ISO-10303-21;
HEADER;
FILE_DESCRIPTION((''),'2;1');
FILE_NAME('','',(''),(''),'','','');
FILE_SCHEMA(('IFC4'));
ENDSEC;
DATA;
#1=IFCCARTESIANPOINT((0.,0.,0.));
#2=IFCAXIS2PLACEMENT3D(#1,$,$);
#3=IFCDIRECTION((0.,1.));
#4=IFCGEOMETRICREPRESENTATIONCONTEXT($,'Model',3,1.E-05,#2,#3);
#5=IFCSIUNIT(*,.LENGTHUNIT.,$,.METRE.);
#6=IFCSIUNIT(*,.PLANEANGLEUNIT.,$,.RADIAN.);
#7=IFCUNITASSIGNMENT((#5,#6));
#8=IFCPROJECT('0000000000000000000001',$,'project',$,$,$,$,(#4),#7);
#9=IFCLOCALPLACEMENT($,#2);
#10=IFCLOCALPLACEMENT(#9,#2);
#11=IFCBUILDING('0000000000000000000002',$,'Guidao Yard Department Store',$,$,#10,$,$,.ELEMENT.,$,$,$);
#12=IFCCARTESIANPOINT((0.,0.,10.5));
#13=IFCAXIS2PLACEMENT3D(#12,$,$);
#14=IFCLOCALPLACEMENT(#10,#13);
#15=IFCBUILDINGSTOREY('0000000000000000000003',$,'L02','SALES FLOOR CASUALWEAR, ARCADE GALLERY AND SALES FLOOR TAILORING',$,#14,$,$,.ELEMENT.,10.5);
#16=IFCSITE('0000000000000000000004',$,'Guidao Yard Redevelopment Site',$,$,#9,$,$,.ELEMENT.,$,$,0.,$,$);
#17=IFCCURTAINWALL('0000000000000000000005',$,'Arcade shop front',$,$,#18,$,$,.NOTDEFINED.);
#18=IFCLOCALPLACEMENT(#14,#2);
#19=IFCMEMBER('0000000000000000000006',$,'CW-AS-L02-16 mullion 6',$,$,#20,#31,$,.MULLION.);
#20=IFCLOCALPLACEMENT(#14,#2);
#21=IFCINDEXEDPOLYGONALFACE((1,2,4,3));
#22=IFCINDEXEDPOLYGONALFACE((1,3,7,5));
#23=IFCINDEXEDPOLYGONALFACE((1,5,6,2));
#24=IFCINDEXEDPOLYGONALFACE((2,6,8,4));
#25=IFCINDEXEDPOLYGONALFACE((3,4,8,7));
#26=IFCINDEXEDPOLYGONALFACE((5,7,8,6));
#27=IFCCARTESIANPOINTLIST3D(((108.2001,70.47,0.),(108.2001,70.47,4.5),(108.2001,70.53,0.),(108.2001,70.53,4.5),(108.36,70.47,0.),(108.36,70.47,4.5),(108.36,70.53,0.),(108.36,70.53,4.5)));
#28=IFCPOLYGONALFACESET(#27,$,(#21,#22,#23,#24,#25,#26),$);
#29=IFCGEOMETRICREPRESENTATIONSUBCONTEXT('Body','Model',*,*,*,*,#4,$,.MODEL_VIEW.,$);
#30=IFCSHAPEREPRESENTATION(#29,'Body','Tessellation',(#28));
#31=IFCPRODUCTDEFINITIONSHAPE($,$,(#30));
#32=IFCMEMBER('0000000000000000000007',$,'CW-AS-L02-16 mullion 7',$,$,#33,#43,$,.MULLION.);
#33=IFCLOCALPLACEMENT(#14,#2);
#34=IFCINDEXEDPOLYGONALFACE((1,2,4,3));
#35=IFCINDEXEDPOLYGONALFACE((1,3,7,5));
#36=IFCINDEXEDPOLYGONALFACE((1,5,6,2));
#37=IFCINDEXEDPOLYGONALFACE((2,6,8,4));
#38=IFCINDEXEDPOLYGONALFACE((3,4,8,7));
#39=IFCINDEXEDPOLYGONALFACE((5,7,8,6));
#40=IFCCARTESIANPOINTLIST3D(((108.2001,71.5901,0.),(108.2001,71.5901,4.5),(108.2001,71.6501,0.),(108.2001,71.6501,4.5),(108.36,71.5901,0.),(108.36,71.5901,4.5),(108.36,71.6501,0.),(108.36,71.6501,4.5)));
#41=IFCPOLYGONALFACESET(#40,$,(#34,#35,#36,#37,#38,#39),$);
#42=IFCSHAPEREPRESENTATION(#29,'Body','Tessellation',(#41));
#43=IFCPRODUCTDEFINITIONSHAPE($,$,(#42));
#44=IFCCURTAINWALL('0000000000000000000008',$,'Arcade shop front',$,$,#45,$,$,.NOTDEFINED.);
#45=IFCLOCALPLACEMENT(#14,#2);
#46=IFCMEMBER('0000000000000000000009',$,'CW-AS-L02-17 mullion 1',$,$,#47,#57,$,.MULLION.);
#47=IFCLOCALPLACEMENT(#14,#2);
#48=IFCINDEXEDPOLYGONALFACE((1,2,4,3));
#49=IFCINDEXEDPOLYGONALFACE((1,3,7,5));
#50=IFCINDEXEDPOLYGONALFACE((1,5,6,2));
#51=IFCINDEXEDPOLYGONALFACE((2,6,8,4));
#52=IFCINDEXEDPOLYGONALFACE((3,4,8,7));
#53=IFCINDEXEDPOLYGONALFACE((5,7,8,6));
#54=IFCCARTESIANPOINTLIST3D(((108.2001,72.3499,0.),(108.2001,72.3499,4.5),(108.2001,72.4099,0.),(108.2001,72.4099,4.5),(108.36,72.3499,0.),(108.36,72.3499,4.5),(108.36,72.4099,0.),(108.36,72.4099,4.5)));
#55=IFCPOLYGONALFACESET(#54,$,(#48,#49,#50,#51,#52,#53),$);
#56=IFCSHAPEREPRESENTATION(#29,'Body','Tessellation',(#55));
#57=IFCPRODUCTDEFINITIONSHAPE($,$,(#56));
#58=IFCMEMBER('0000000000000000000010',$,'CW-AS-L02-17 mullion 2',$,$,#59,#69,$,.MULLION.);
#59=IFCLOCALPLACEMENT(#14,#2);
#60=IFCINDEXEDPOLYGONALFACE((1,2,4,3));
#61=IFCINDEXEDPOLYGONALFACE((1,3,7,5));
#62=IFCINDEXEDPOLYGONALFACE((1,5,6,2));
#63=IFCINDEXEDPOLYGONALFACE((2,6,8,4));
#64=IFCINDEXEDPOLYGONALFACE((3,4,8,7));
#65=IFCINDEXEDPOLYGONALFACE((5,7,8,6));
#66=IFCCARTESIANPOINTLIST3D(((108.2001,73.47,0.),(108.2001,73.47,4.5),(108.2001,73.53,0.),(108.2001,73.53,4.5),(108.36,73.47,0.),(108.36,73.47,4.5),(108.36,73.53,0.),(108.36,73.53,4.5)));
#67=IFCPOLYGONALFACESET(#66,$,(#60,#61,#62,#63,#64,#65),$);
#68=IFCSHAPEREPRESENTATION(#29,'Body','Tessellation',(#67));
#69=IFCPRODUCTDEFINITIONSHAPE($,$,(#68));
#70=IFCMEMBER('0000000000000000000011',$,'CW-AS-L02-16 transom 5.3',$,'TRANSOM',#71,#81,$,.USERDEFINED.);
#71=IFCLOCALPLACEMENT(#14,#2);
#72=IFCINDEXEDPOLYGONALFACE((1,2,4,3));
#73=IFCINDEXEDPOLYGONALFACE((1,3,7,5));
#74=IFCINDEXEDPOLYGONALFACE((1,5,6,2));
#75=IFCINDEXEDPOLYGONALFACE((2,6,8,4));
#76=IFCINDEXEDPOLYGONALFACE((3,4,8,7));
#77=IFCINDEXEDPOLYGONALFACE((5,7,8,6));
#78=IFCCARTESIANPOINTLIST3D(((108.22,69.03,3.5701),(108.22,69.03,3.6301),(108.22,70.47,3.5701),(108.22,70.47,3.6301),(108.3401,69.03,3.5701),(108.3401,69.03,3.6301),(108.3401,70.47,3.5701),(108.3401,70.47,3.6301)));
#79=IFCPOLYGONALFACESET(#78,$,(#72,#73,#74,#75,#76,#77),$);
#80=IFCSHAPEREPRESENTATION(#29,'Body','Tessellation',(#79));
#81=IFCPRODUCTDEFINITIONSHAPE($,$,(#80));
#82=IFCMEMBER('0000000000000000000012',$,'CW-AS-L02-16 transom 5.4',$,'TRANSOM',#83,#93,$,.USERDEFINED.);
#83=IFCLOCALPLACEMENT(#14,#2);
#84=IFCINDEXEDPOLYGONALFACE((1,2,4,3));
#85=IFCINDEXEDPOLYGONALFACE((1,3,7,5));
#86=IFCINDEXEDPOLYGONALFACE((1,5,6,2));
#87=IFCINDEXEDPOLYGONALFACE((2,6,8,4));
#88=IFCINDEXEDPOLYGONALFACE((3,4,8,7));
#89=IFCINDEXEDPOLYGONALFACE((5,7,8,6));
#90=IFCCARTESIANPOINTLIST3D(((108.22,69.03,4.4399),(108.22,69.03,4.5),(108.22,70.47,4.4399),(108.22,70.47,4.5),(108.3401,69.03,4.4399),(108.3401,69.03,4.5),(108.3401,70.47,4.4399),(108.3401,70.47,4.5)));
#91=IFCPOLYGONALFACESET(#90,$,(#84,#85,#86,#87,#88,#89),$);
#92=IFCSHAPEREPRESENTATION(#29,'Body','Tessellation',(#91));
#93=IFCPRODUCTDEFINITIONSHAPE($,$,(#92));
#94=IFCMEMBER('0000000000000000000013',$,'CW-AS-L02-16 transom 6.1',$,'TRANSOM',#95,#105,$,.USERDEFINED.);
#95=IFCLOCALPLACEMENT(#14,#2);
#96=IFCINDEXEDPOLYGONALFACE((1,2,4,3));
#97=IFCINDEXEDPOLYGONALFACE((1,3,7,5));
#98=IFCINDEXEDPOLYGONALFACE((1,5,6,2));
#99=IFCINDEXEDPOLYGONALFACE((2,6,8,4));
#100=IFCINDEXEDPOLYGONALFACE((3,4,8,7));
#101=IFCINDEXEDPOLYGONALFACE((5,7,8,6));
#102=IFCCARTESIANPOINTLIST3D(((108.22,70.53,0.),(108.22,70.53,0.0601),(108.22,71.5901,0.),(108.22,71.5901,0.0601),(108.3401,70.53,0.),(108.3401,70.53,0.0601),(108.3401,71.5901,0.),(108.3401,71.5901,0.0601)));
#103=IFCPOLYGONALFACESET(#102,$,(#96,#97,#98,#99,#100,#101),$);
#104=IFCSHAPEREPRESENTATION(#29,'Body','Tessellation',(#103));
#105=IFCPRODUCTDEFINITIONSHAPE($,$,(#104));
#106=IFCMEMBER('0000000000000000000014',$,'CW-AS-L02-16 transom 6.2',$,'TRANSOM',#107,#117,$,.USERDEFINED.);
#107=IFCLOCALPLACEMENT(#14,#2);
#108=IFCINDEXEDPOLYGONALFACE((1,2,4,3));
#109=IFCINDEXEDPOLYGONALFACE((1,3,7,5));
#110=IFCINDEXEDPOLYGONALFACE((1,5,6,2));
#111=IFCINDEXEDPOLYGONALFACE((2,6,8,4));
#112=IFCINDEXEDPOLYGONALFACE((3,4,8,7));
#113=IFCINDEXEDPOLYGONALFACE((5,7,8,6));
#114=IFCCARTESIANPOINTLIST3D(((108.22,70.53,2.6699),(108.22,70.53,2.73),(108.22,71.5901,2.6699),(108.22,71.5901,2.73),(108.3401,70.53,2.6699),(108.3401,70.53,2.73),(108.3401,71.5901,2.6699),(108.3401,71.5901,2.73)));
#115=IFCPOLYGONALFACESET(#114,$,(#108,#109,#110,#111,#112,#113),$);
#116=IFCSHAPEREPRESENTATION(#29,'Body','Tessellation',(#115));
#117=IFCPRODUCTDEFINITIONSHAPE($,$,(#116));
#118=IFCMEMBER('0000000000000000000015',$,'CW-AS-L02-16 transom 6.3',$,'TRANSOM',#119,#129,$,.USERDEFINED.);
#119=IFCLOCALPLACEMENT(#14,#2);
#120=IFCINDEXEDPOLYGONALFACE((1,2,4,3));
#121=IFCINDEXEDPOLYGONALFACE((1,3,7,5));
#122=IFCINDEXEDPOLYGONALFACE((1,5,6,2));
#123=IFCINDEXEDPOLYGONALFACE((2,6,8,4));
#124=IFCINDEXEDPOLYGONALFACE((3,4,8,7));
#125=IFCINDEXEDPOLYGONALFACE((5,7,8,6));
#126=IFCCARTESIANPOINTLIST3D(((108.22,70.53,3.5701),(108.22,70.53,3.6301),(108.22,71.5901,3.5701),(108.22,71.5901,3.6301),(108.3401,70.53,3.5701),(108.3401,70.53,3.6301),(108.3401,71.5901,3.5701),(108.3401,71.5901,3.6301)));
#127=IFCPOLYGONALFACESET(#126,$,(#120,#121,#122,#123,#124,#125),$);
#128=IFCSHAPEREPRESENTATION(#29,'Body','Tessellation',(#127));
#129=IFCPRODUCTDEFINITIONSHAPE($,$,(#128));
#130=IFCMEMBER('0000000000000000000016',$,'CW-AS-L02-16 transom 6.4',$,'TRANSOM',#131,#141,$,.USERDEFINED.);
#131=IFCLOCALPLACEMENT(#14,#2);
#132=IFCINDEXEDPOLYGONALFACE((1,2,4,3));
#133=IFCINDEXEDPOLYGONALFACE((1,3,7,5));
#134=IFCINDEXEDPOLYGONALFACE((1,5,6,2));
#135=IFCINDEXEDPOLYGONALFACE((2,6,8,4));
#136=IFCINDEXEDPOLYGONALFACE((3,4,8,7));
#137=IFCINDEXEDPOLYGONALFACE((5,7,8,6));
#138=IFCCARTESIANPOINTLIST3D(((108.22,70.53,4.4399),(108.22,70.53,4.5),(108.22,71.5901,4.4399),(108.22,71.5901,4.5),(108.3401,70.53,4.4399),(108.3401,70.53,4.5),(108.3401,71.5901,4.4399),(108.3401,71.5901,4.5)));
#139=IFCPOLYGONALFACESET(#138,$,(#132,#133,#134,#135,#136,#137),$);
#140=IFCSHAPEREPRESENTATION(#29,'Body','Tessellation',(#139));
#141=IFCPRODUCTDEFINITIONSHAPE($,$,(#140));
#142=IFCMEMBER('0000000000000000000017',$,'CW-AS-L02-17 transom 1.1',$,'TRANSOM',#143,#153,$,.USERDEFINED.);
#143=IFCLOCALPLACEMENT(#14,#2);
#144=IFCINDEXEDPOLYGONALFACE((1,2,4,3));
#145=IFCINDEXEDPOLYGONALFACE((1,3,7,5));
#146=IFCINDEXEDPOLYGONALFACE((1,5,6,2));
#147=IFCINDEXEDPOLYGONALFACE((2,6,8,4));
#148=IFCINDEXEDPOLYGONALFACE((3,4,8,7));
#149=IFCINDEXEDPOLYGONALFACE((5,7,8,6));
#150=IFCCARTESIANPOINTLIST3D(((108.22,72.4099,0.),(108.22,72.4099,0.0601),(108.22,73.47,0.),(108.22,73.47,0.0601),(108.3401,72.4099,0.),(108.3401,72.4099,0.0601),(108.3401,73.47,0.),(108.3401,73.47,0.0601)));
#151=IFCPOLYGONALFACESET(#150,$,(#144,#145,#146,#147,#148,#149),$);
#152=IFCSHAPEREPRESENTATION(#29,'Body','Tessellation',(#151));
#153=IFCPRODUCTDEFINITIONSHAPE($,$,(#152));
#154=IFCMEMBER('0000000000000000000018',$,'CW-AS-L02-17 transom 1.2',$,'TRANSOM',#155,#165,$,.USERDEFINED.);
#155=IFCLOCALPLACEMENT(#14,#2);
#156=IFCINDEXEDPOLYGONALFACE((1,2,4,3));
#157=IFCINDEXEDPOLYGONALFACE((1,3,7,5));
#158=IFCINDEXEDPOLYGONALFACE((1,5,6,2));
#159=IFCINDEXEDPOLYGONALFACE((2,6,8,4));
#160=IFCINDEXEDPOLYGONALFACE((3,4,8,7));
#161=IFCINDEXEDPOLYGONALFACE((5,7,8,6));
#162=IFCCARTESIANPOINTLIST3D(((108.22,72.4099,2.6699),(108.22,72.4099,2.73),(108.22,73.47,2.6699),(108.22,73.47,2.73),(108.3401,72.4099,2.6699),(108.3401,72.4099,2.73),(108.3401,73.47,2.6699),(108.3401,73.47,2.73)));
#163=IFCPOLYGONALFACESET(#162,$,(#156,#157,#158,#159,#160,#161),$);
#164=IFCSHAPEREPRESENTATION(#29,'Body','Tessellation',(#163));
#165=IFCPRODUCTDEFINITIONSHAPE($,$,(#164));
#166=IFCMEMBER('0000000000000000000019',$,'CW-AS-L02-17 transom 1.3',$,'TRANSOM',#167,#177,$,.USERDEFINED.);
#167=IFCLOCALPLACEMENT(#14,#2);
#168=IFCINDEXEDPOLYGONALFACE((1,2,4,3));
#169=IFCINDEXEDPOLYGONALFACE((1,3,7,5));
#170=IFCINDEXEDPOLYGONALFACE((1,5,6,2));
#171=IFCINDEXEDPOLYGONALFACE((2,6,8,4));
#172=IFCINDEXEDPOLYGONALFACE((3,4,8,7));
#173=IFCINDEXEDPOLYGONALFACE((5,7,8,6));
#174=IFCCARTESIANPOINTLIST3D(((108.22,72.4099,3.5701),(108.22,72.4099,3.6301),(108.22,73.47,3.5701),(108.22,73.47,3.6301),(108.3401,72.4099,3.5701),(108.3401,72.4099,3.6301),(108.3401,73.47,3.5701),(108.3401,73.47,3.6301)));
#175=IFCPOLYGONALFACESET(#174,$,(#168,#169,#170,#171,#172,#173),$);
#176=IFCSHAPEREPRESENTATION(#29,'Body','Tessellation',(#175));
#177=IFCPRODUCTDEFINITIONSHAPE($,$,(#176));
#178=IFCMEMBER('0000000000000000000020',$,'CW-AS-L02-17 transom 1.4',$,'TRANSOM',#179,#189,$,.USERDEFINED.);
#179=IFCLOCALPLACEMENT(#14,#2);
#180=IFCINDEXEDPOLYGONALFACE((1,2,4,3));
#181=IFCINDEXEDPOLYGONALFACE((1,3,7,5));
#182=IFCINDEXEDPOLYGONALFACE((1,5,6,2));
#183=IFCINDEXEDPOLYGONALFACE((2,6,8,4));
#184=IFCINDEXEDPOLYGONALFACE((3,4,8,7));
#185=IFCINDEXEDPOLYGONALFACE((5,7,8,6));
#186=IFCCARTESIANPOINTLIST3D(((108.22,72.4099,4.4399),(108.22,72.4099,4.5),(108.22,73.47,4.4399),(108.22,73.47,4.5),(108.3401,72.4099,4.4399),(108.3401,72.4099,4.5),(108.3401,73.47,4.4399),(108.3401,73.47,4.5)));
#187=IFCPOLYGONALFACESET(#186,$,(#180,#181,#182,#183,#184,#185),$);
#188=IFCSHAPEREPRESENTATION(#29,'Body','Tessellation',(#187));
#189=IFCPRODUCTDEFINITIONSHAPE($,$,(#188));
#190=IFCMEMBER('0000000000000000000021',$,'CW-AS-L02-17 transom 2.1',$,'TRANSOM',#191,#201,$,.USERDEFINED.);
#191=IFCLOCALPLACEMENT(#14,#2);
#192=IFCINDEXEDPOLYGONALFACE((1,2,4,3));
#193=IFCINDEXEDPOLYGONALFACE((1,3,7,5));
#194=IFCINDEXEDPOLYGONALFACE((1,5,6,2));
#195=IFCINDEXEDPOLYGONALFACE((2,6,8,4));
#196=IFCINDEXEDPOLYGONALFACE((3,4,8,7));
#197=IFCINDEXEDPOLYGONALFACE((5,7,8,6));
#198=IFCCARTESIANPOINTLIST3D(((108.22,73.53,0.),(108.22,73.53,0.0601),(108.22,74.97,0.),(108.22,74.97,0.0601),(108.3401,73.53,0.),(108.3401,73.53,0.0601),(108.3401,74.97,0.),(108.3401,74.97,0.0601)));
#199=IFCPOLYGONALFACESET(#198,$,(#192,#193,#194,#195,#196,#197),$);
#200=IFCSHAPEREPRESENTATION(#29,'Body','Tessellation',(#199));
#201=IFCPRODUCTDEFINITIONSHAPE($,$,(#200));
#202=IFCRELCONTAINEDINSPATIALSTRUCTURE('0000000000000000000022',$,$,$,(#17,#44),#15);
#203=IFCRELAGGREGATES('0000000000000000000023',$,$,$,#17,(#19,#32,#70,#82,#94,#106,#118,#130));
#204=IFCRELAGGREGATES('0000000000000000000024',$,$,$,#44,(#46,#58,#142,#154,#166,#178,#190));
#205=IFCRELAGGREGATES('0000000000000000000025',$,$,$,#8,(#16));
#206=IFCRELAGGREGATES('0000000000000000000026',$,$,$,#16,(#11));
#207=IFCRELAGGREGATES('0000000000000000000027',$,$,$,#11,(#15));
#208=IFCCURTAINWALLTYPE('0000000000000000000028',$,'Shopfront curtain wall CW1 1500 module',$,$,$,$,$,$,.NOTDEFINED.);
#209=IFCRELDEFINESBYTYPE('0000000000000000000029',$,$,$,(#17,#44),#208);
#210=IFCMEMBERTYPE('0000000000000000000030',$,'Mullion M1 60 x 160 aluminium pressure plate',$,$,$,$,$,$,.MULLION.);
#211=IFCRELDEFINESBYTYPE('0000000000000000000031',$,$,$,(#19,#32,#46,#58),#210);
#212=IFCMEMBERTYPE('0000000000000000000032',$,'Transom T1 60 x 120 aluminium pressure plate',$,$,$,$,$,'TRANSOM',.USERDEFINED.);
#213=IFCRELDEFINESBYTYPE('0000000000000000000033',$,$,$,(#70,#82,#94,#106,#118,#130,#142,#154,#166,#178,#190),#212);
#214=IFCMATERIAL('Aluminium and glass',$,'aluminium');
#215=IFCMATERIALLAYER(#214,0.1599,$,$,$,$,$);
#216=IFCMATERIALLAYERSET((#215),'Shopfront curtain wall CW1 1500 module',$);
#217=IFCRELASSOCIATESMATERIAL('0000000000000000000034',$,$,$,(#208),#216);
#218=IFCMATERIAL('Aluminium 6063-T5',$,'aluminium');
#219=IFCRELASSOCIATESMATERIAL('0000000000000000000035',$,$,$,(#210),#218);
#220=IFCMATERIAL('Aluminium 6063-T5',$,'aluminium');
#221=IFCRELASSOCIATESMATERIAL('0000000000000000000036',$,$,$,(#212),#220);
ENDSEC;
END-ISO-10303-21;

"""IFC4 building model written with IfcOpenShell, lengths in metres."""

from ifc_helpers import new_model, si_unit, direction, frame, origin, origin_2d, place, context, subcontext, project, spatial, rectangle, extrude, material, layer, layer_set, material_profile, profile_set, type_object, element, aggregate, save


model = new_model("IFC4")

# Units and contexts
model_context = context("Model", 3, precision=1e-05, world=origin(), true_north=direction((0.0, 1.0)))
body_context = subcontext(model_context, "Body", "Model", "MODEL_VIEW")
ifc_project = project(units=[si_unit("LENGTHUNIT", "METRE"), si_unit("PLANEANGLEUNIT", "RADIAN")], contexts=[model_context])

# Site, building, storey
site_placement = place(None, origin())
site = spatial("IfcSite", under=ifc_project, at=site_placement, Name="Guidao Yard Redevelopment Site", CompositionType="ELEMENT", RefElevation=0.0)
building_placement = place(site_placement, origin())
building = spatial("IfcBuilding", under=site, at=building_placement, Name="Guidao Yard Department Store", CompositionType="ELEMENT")
storey_placement = place(building_placement, frame((0.0, 0.0, 10.5)))
storey = spatial("IfcBuildingStorey", under=building, at=storey_placement, Name="L02", Description="SALES FLOOR CASUALWEAR, ARCADE GALLERY AND SALES FLOOR TAILORING", CompositionType="ELEMENT", Elevation=10.5)

# Curtain walls, members
ifc_material_1 = material(Name="Aluminium and glass", Category="aluminium")
ifc_layer_1 = layer(ifc_material_1, 0.1599)
ifc_layer_set_1 = layer_set([ifc_layer_1], Name="Shopfront curtain wall CW1 1500 module")
curtain_wall_type = type_object("IfcCurtainWallType", Name="Shopfront curtain wall CW1 1500 module", PredefinedType="NOTDEFINED", material=ifc_layer_set_1)
curtain_wall_1_placement = place(storey_placement, origin())
curtain_wall_1 = element("IfcCurtainWall", 1, at=curtain_wall_1_placement, inside=storey, type_object=curtain_wall_type, Name="Arcade shop front", PredefinedType="NOTDEFINED")
ifc_material_2 = material(Name="Aluminium 6063-T5", Category="aluminium")
ifc_material_profile_1 = material_profile(ifc_material_2, rectangle(XDim=0.0601, YDim=0.1599, at=origin_2d()), Name="Mullion M1 60 x 160 aluminium pressure plate")
ifc_profile_set_1 = profile_set([ifc_material_profile_1], Name="Aluminium 6063-T5")
member_type_1 = type_object("IfcMemberType", Name="Mullion M1 60 x 160 aluminium pressure plate", PredefinedType="MULLION", material=ifc_profile_set_1)
member_1_placement = place(storey_placement, frame((108.28, 70.5, 0.0), z_axis=(0.0, 0.0, 1.0), x_axis=(0.0, -1.0, 0.0)))
member_1 = element("IfcMember", 2, at=member_1_placement, type_object=member_type_1, Name="CW-AS-L02-16 mullion 6", PredefinedType="MULLION", context=body_context, shape_type="SweptSolid", body=[
    extrude(rectangle(XDim=0.0601, YDim=0.1599, at=origin_2d()), origin(), (0.0, 0.0, 1.0), 4.5),
])
member_2_placement = place(storey_placement, frame((108.28, 71.6201, 0.0), z_axis=(0.0, 0.0, 1.0), x_axis=(0.0, -1.0, 0.0)))
member_2 = element("IfcMember", 3, at=member_2_placement, type_object=member_type_1, Name="CW-AS-L02-16 mullion 7", PredefinedType="MULLION", context=body_context, shape_type="SweptSolid", body=[
    extrude(rectangle(XDim=0.0601, YDim=0.1599, at=origin_2d()), origin(), (0.0, 0.0, 1.0), 4.5),
])
curtain_wall_2_placement = place(storey_placement, origin())
curtain_wall_2 = element("IfcCurtainWall", 4, at=curtain_wall_2_placement, inside=storey, type_object=curtain_wall_type, Name="Arcade shop front", PredefinedType="NOTDEFINED")
member_3_placement = place(storey_placement, frame((108.28, 72.3799, 0.0), z_axis=(0.0, 0.0, 1.0), x_axis=(0.0, -1.0, 0.0)))
member_3 = element("IfcMember", 5, at=member_3_placement, type_object=member_type_1, Name="CW-AS-L02-17 mullion 1", PredefinedType="MULLION", context=body_context, shape_type="SweptSolid", body=[
    extrude(rectangle(XDim=0.0601, YDim=0.1599, at=origin_2d()), origin(), (0.0, 0.0, 1.0), 4.5),
])
member_4_placement = place(storey_placement, frame((108.28, 73.5, 0.0), z_axis=(0.0, 0.0, 1.0), x_axis=(0.0, -1.0, 0.0)))
member_4 = element("IfcMember", 6, at=member_4_placement, type_object=member_type_1, Name="CW-AS-L02-17 mullion 2", PredefinedType="MULLION", context=body_context, shape_type="SweptSolid", body=[
    extrude(rectangle(XDim=0.0601, YDim=0.1599, at=origin_2d()), origin(), (0.0, 0.0, 1.0), 4.5),
])

# Members
ifc_material_3 = material(Name="Aluminium 6063-T5", Category="aluminium")
ifc_material_profile_2 = material_profile(ifc_material_3, rectangle(XDim=0.1201, YDim=0.0601, at=origin_2d()), Name="Transom T1 60 x 120 aluminium pressure plate")
ifc_profile_set_2 = profile_set([ifc_material_profile_2], Name="Aluminium 6063-T5")
member_type_2 = type_object("IfcMemberType", Name="Transom T1 60 x 120 aluminium pressure plate", ElementType="TRANSOM", PredefinedType="USERDEFINED", material=ifc_profile_set_2)
member_5_placement = place(storey_placement, frame((108.28, 70.47, 3.6001), z_axis=(0.0, -1.0, 0.0), x_axis=(1.0, 0.0, 0.0)))
member_5 = element("IfcMember", 7, at=member_5_placement, type_object=member_type_2, Name="CW-AS-L02-16 transom 5.3", ObjectType="TRANSOM", PredefinedType="USERDEFINED", context=body_context, shape_type="SweptSolid", body=[
    extrude(rectangle(XDim=0.1201, YDim=0.0601, at=origin_2d()), origin(), (0.0, 0.0, 1.0), 1.4399),
])
member_6_placement = place(storey_placement, frame((108.28, 70.47, 4.47), z_axis=(0.0, -1.0, 0.0), x_axis=(1.0, 0.0, 0.0)))
member_6 = element("IfcMember", 8, at=member_6_placement, type_object=member_type_2, Name="CW-AS-L02-16 transom 5.4", ObjectType="TRANSOM", PredefinedType="USERDEFINED", context=body_context, shape_type="SweptSolid", body=[
    extrude(rectangle(XDim=0.1201, YDim=0.0601, at=origin_2d()), origin(), (0.0, 0.0, 1.0), 1.4399),
])
member_7_placement = place(storey_placement, frame((108.28, 71.5901, 0.03), z_axis=(0.0, -1.0, 0.0), x_axis=(1.0, 0.0, 0.0)))
member_7 = element("IfcMember", 9, at=member_7_placement, type_object=member_type_2, Name="CW-AS-L02-16 transom 6.1", ObjectType="TRANSOM", PredefinedType="USERDEFINED", context=body_context, shape_type="SweptSolid", body=[
    extrude(rectangle(XDim=0.1201, YDim=0.0601, at=origin_2d()), origin(), (0.0, 0.0, 1.0), 1.0601),
])
member_8_placement = place(storey_placement, frame((108.28, 71.5901, 2.7), z_axis=(0.0, -1.0, 0.0), x_axis=(1.0, 0.0, 0.0)))
member_8 = element("IfcMember", 10, at=member_8_placement, type_object=member_type_2, Name="CW-AS-L02-16 transom 6.2", ObjectType="TRANSOM", PredefinedType="USERDEFINED", context=body_context, shape_type="SweptSolid", body=[
    extrude(rectangle(XDim=0.1201, YDim=0.0601, at=origin_2d()), origin(), (0.0, 0.0, 1.0), 1.0601),
])
member_9_placement = place(storey_placement, frame((108.28, 71.5901, 3.6001), z_axis=(0.0, -1.0, 0.0), x_axis=(1.0, 0.0, 0.0)))
member_9 = element("IfcMember", 11, at=member_9_placement, type_object=member_type_2, Name="CW-AS-L02-16 transom 6.3", ObjectType="TRANSOM", PredefinedType="USERDEFINED", context=body_context, shape_type="SweptSolid", body=[
    extrude(rectangle(XDim=0.1201, YDim=0.0601, at=origin_2d()), origin(), (0.0, 0.0, 1.0), 1.0601),
])
member_10_placement = place(storey_placement, frame((108.28, 71.5901, 4.47), z_axis=(0.0, -1.0, 0.0), x_axis=(1.0, 0.0, 0.0)))
member_10 = element("IfcMember", 12, at=member_10_placement, type_object=member_type_2, Name="CW-AS-L02-16 transom 6.4", ObjectType="TRANSOM", PredefinedType="USERDEFINED", context=body_context, shape_type="SweptSolid", body=[
    extrude(rectangle(XDim=0.1201, YDim=0.0601, at=origin_2d()), origin(), (0.0, 0.0, 1.0), 1.0601),
])
member_11_placement = place(storey_placement, frame((108.28, 73.47, 0.03), z_axis=(0.0, -1.0, 0.0), x_axis=(1.0, 0.0, 0.0)))
member_11 = element("IfcMember", 13, at=member_11_placement, type_object=member_type_2, Name="CW-AS-L02-17 transom 1.1", ObjectType="TRANSOM", PredefinedType="USERDEFINED", context=body_context, shape_type="SweptSolid", body=[
    extrude(rectangle(XDim=0.1201, YDim=0.0601, at=origin_2d()), origin(), (0.0, 0.0, 1.0), 1.0601),
])
member_12_placement = place(storey_placement, frame((108.28, 73.47, 2.7), z_axis=(0.0, -1.0, 0.0), x_axis=(1.0, 0.0, 0.0)))
member_12 = element("IfcMember", 14, at=member_12_placement, type_object=member_type_2, Name="CW-AS-L02-17 transom 1.2", ObjectType="TRANSOM", PredefinedType="USERDEFINED", context=body_context, shape_type="SweptSolid", body=[
    extrude(rectangle(XDim=0.1201, YDim=0.0601, at=origin_2d()), origin(), (0.0, 0.0, 1.0), 1.0601),
])
member_13_placement = place(storey_placement, frame((108.28, 73.47, 3.6001), z_axis=(0.0, -1.0, 0.0), x_axis=(1.0, 0.0, 0.0)))
member_13 = element("IfcMember", 15, at=member_13_placement, type_object=member_type_2, Name="CW-AS-L02-17 transom 1.3", ObjectType="TRANSOM", PredefinedType="USERDEFINED", context=body_context, shape_type="SweptSolid", body=[
    extrude(rectangle(XDim=0.1201, YDim=0.0601, at=origin_2d()), origin(), (0.0, 0.0, 1.0), 1.0601),
])
member_14_placement = place(storey_placement, frame((108.28, 73.47, 4.47), z_axis=(0.0, -1.0, 0.0), x_axis=(1.0, 0.0, 0.0)))
member_14 = element("IfcMember", 16, at=member_14_placement, type_object=member_type_2, Name="CW-AS-L02-17 transom 1.4", ObjectType="TRANSOM", PredefinedType="USERDEFINED", context=body_context, shape_type="SweptSolid", body=[
    extrude(rectangle(XDim=0.1201, YDim=0.0601, at=origin_2d()), origin(), (0.0, 0.0, 1.0), 1.0601),
])
member_15_placement = place(storey_placement, frame((108.28, 74.97, 0.03), z_axis=(0.0, -1.0, 0.0), x_axis=(1.0, 0.0, 0.0)))
member_15 = element("IfcMember", 17, at=member_15_placement, type_object=member_type_2, Name="CW-AS-L02-17 transom 2.1", ObjectType="TRANSOM", PredefinedType="USERDEFINED", context=body_context, shape_type="SweptSolid", body=[
    extrude(rectangle(XDim=0.1201, YDim=0.0601, at=origin_2d()), origin(), (0.0, 0.0, 1.0), 1.4399),
])

aggregate(curtain_wall_1, [member_1, member_2, member_5, member_6, member_7, member_8, member_9, member_10])
aggregate(curtain_wall_2, [member_3, member_4, member_11, member_12, member_13, member_14, member_15])

save(model, "model.ifc")
